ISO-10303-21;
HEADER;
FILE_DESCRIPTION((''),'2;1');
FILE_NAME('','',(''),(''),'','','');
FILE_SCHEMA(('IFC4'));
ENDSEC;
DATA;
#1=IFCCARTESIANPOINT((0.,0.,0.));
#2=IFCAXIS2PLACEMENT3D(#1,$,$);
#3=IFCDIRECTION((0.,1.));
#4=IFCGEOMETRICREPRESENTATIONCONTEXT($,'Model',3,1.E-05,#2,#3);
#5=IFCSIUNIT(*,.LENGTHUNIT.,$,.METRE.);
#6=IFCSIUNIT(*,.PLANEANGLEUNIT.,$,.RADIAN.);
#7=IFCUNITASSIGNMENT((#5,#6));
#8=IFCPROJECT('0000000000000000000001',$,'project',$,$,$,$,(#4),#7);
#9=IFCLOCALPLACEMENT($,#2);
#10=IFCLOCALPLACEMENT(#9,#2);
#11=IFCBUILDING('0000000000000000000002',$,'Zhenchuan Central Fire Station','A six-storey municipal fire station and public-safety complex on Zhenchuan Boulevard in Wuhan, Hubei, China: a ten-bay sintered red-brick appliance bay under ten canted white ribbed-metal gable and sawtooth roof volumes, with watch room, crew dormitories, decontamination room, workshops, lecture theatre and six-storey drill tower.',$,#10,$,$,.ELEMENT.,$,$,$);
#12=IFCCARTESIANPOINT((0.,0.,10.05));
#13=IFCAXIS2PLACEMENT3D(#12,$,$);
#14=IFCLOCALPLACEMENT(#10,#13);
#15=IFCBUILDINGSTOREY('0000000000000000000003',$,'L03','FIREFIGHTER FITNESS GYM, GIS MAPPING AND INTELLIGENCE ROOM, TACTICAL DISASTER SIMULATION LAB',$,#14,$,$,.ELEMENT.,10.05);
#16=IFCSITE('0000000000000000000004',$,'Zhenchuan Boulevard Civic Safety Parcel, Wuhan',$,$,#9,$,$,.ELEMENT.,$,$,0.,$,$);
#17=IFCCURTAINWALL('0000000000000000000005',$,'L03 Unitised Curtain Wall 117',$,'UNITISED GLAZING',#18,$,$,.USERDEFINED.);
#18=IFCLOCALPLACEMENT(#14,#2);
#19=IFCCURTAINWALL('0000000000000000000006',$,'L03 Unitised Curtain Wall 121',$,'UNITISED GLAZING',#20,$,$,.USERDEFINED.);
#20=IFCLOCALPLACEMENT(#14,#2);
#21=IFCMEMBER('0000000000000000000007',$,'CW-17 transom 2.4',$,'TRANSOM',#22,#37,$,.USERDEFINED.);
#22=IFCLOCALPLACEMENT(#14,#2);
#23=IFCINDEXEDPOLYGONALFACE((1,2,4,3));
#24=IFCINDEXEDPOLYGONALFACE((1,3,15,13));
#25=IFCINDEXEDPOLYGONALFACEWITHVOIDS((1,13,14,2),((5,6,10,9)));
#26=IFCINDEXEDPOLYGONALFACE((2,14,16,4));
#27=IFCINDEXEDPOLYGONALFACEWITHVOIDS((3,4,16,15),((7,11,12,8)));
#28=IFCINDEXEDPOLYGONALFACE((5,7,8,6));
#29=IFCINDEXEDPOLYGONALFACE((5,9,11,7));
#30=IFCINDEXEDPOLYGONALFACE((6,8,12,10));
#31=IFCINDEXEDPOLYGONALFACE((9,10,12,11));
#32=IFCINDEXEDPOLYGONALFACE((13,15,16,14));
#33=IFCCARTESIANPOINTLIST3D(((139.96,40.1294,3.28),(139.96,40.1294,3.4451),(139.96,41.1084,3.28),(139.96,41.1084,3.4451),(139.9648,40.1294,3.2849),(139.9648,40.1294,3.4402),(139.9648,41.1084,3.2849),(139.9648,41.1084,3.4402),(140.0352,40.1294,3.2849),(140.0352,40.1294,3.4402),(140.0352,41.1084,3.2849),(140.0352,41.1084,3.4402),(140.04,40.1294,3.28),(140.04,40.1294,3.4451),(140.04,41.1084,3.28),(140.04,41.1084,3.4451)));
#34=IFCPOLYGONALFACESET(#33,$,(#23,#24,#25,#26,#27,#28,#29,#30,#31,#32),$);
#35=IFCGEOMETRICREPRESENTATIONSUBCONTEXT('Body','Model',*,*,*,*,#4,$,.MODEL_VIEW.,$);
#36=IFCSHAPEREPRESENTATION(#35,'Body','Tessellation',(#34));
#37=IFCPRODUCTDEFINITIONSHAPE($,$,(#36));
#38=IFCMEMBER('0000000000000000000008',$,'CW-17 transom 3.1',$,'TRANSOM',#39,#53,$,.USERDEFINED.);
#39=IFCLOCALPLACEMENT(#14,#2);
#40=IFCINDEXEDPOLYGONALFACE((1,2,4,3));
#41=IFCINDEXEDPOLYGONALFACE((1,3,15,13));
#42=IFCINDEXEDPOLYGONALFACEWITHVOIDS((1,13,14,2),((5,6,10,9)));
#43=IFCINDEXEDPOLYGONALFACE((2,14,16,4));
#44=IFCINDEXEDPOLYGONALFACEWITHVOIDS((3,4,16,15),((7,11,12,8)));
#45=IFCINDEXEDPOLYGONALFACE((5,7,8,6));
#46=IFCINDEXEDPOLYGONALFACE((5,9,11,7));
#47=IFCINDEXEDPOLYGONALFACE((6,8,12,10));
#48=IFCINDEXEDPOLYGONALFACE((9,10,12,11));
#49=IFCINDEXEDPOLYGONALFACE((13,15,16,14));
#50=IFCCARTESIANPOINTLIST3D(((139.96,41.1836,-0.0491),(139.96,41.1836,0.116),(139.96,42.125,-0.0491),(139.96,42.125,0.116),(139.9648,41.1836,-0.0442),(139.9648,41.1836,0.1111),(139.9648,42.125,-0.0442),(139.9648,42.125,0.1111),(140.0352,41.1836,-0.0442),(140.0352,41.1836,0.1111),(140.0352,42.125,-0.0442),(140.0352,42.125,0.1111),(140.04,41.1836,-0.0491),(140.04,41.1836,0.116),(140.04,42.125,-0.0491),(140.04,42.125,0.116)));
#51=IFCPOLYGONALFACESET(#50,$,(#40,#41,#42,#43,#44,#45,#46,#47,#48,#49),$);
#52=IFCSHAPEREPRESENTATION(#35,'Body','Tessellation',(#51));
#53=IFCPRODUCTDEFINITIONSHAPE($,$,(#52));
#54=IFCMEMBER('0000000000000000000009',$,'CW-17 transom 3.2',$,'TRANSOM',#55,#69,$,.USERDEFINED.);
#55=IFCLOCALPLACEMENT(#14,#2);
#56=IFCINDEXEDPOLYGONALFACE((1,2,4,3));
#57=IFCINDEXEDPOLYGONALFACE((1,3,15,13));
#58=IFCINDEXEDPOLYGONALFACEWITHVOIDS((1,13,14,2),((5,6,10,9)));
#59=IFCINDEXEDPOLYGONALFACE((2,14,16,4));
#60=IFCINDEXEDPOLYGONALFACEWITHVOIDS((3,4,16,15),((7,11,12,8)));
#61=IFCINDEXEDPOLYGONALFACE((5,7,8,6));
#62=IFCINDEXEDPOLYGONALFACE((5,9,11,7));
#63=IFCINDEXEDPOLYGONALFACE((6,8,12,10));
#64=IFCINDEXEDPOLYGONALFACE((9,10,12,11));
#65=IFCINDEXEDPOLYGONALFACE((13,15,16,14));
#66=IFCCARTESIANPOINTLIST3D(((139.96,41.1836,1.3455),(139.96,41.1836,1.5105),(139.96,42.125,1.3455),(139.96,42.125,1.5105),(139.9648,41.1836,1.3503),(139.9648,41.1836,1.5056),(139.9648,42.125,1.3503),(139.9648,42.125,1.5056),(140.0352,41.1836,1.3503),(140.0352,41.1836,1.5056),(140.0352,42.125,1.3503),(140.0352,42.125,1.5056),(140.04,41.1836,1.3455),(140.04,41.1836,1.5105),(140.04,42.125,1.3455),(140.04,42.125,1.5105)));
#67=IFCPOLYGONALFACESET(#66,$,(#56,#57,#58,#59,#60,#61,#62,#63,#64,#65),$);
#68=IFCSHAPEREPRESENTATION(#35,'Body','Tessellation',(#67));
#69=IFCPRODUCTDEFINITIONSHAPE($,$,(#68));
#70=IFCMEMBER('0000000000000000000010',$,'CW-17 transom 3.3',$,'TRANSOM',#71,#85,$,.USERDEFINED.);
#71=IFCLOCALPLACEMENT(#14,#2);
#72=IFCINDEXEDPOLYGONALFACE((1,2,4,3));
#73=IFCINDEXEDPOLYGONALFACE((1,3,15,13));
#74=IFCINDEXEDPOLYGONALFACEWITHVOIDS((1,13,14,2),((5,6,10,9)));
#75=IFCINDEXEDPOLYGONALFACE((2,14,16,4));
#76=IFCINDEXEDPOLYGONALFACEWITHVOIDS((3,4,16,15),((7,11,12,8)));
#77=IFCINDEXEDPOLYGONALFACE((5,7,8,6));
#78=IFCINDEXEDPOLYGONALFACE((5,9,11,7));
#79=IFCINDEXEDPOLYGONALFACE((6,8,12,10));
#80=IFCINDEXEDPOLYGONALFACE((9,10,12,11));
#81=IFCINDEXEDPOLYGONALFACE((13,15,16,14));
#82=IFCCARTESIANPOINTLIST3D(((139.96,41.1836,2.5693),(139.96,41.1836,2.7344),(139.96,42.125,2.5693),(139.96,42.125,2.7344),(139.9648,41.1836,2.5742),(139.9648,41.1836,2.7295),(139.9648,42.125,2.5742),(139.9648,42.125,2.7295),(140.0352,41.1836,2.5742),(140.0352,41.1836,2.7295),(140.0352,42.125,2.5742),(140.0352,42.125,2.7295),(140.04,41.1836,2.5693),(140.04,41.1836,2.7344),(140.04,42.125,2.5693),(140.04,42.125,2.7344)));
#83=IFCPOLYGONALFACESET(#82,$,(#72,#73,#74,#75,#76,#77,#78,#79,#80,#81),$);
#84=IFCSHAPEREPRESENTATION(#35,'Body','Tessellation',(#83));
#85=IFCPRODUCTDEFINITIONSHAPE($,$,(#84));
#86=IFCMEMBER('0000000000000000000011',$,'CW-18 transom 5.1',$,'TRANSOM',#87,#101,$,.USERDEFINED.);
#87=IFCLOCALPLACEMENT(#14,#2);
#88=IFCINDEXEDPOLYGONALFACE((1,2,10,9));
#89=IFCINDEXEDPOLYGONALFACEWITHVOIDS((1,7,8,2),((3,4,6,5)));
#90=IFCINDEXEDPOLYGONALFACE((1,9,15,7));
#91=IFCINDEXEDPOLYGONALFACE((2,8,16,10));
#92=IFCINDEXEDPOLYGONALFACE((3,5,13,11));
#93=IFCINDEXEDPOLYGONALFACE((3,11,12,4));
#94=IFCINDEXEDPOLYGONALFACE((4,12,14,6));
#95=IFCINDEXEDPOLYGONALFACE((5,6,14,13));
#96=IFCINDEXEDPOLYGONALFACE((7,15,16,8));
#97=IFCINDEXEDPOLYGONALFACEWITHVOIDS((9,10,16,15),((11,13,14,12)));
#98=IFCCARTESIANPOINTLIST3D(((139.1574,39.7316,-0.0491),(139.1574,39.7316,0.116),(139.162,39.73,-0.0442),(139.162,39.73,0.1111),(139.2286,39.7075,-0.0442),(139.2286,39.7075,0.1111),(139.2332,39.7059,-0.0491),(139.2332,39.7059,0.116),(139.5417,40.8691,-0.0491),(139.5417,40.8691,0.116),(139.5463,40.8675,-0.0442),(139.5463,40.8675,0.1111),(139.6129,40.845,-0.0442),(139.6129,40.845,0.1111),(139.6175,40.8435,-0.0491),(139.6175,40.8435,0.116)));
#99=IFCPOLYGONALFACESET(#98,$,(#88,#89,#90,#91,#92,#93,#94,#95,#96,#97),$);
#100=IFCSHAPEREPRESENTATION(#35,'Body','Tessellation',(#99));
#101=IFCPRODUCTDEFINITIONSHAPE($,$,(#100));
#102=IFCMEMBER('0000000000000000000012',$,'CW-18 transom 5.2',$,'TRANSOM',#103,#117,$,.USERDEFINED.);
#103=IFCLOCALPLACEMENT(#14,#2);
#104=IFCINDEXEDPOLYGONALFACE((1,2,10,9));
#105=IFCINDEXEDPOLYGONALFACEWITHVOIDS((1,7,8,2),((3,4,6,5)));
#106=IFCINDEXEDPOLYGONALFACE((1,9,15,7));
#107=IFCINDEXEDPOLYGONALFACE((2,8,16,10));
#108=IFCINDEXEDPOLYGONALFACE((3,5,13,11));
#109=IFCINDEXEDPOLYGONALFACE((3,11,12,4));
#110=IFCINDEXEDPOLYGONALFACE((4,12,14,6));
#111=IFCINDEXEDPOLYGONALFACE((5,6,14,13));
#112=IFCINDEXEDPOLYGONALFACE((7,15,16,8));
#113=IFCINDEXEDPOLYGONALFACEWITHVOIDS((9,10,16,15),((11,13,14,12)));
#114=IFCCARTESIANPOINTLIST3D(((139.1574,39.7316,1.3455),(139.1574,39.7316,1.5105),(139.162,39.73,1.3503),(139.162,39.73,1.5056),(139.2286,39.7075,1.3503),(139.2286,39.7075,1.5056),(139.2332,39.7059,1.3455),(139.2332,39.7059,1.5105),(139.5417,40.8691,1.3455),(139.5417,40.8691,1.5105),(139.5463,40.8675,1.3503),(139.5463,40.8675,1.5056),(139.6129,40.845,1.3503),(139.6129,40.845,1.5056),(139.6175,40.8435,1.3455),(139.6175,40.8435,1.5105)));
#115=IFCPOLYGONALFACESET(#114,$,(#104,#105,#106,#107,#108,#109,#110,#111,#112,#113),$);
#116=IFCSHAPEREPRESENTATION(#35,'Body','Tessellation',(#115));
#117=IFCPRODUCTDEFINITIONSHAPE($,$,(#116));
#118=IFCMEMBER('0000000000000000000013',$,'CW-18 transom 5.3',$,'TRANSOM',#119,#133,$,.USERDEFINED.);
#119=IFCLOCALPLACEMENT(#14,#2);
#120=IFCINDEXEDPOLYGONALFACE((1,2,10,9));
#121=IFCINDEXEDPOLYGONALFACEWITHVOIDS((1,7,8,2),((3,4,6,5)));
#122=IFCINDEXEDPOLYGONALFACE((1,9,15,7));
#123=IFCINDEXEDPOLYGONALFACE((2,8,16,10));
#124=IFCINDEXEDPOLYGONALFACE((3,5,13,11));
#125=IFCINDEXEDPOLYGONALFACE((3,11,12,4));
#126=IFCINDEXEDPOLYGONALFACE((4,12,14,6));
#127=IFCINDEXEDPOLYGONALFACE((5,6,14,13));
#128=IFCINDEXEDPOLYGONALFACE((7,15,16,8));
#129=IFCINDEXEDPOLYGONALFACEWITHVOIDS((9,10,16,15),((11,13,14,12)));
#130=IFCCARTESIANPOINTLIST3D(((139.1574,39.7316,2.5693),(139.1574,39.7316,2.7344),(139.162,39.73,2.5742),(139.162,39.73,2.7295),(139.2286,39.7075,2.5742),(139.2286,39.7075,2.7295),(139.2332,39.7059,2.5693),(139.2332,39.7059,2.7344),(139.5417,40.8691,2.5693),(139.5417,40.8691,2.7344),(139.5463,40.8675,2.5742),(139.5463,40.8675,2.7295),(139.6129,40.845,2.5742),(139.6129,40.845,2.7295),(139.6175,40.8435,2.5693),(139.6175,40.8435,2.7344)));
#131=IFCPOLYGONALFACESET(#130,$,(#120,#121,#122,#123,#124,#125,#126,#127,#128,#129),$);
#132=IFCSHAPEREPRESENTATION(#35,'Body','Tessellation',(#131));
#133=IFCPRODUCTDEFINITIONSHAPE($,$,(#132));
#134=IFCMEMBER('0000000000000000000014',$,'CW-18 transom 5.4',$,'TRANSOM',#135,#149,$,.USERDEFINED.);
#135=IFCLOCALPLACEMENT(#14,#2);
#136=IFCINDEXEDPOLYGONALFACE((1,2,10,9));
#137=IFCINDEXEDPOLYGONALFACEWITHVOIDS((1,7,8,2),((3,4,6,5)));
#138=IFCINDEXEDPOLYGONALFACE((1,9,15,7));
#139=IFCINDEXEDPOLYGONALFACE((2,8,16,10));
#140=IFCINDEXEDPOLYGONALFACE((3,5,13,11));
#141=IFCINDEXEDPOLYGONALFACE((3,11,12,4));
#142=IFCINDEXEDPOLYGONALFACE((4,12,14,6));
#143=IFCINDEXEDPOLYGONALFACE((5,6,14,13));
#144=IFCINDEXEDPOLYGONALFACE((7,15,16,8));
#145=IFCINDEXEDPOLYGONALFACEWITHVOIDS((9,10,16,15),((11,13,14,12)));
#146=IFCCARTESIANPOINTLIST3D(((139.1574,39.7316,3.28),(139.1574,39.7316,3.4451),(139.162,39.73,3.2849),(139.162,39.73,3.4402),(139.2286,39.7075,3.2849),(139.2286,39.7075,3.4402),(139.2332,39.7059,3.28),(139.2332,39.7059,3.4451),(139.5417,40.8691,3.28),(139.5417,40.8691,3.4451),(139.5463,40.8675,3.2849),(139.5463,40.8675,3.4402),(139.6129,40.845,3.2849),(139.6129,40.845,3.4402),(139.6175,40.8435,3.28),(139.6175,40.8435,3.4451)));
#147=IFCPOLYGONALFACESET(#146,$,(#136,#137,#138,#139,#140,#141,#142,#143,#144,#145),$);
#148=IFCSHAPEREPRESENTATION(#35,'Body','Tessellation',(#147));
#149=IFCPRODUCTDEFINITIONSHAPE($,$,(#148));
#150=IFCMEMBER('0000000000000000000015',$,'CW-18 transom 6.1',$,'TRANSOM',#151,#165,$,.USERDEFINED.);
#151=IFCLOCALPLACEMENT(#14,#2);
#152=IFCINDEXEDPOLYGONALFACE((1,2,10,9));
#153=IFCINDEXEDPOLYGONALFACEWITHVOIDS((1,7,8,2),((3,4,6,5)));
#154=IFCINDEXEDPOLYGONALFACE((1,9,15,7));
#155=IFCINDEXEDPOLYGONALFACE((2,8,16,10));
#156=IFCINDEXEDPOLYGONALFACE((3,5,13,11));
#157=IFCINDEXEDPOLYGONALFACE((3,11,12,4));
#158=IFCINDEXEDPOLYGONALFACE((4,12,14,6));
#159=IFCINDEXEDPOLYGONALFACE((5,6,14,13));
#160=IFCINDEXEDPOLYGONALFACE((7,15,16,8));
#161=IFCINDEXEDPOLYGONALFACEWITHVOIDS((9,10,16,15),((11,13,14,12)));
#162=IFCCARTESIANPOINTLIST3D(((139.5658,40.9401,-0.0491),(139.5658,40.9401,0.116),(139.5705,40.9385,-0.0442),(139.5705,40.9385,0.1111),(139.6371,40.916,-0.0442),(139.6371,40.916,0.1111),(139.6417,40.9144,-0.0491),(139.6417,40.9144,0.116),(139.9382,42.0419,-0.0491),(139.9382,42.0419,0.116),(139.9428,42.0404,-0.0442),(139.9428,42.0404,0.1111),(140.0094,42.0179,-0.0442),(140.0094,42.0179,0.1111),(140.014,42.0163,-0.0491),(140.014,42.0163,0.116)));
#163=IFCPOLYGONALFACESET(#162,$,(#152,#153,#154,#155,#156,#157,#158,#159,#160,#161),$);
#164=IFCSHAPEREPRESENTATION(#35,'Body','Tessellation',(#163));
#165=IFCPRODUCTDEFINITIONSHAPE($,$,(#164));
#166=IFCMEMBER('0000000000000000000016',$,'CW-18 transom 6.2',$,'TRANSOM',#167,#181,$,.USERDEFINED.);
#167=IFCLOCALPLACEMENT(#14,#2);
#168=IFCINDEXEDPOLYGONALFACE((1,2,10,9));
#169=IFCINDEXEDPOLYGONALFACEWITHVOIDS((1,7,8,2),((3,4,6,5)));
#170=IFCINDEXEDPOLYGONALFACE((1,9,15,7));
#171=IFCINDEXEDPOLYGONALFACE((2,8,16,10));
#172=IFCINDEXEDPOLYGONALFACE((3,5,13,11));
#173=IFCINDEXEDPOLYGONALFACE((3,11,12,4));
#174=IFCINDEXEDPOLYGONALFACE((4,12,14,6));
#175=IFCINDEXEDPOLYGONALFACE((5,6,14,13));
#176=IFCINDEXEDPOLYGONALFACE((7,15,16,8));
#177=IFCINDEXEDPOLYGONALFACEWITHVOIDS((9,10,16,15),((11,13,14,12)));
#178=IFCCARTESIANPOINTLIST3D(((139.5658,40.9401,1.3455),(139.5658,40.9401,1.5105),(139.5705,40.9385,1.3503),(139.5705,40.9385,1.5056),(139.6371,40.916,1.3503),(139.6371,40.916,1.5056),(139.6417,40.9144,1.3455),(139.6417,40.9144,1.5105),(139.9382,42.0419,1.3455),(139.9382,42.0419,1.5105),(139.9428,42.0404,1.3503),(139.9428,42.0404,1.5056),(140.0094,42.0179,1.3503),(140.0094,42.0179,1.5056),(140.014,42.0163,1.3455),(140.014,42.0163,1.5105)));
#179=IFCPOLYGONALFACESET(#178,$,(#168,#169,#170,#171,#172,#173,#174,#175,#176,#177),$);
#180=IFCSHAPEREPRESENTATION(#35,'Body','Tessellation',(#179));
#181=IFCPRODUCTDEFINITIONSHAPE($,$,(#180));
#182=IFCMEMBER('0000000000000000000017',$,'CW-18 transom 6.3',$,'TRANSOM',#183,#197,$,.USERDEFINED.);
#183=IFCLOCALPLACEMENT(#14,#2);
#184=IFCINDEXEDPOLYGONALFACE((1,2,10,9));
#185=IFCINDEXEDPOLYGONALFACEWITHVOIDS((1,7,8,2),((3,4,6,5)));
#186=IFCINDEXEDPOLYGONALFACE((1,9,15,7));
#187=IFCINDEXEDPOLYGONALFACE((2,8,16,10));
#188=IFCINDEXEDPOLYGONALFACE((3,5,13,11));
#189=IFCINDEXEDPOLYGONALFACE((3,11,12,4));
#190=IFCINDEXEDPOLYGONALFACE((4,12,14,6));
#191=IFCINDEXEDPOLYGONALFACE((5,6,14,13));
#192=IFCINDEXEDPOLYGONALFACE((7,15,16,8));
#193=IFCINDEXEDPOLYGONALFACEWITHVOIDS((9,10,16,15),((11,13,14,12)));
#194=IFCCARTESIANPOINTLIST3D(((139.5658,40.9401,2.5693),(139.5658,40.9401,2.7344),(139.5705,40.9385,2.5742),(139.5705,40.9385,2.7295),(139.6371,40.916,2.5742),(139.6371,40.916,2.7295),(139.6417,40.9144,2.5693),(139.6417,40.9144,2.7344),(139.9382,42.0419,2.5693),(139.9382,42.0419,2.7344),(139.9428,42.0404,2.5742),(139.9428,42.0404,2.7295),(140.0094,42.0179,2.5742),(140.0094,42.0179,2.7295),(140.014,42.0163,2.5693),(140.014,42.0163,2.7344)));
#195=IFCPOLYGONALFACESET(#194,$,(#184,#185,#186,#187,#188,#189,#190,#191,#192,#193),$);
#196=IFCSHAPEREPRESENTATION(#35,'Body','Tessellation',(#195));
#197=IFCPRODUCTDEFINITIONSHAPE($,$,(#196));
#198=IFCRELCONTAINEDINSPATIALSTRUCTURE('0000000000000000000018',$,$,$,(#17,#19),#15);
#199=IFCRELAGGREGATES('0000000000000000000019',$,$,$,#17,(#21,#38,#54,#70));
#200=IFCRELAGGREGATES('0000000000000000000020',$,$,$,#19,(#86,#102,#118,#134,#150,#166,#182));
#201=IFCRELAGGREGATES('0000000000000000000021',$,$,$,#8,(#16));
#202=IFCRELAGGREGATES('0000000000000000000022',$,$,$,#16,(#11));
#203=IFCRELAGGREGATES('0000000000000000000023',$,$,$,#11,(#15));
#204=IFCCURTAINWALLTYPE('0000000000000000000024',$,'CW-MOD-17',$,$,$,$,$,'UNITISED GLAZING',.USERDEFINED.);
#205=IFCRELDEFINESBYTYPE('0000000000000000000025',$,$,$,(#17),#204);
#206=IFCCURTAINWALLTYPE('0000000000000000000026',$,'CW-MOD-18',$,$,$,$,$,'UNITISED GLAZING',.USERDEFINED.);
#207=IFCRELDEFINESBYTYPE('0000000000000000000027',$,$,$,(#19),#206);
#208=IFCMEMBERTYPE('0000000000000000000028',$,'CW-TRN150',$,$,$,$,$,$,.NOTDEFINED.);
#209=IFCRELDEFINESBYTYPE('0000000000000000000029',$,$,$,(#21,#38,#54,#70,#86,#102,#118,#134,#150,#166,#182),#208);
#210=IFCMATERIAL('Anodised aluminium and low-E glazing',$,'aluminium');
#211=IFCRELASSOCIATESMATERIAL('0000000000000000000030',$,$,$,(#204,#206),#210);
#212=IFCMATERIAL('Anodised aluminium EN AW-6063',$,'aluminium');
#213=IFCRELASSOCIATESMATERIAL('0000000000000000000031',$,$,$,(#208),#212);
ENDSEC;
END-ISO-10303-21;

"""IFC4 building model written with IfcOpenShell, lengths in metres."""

from ifc_helpers import new_model, si_unit, direction, frame, origin, origin_2d, place, context, subcontext, project, spatial, hollow_rectangle, extrude, material, material_profile, profile_set, type_object, element, aggregate, save


model = new_model("IFC4")

# Units and contexts
model_context = context("Model", 3, precision=1e-05, world=origin(), true_north=direction((0.0, 1.0)))
body_context = subcontext(model_context, "Body", "Model", "MODEL_VIEW")
ifc_project = project(units=[si_unit("LENGTHUNIT", "METRE"), si_unit("PLANEANGLEUNIT", "RADIAN")], contexts=[model_context])

# Site, building, storey
site_placement = place(None, origin())
site = spatial("IfcSite", under=ifc_project, at=site_placement, Name="Zhenchuan Boulevard Civic Safety Parcel, Wuhan", CompositionType="ELEMENT", RefElevation=0.0)
building_placement = place(site_placement, origin())
building = spatial("IfcBuilding", under=site, at=building_placement, Name="Zhenchuan Central Fire Station", Description="A six-storey municipal fire station and public-safety complex on Zhenchuan Boulevard in Wuhan, Hubei, China: a ten-bay sintered red-brick appliance bay under ten canted white ribbed-metal gable and sawtooth roof volumes, with watch room, crew dormitories, decontamination room, workshops, lecture theatre and six-storey drill tower.", CompositionType="ELEMENT")
storey_placement = place(building_placement, frame((0.0, 0.0, 10.05)))
storey = spatial("IfcBuildingStorey", under=building, at=storey_placement, Name="L03", Description="FIREFIGHTER FITNESS GYM, GIS MAPPING AND INTELLIGENCE ROOM, TACTICAL DISASTER SIMULATION LAB", CompositionType="ELEMENT", Elevation=10.05)

# Curtain walls
ifc_material_1 = material(Name="Anodised aluminium and low-E glazing", Category="aluminium")
curtain_wall_type_1 = type_object("IfcCurtainWallType", Name="CW-MOD-17", ElementType="UNITISED GLAZING", PredefinedType="USERDEFINED", material=ifc_material_1)
curtain_wall_1_placement = place(storey_placement, origin())
curtain_wall_1 = element("IfcCurtainWall", 1, at=curtain_wall_1_placement, inside=storey, type_object=curtain_wall_type_1, Name="L03 Unitised Curtain Wall 117", ObjectType="UNITISED GLAZING", PredefinedType="USERDEFINED")
ifc_material_2 = material(Name="Anodised aluminium EN AW-6063", Category="aluminium")
curtain_wall_type_2 = type_object("IfcCurtainWallType", Name="CW-MOD-18", ElementType="UNITISED GLAZING", PredefinedType="USERDEFINED", material=ifc_material_1)
curtain_wall_2_placement = place(storey_placement, origin())
curtain_wall_2 = element("IfcCurtainWall", 2, at=curtain_wall_2_placement, inside=storey, type_object=curtain_wall_type_2, Name="L03 Unitised Curtain Wall 121", ObjectType="UNITISED GLAZING", PredefinedType="USERDEFINED")

# Members
ifc_material_profile_1 = material_profile(ifc_material_2, hollow_rectangle(XDim=0.0801, YDim=0.165, WallThickness=0.0049, at=origin_2d()), Name="ALU-T 165x80")
ifc_profile_set_1 = profile_set([ifc_material_profile_1], Name="Anodised aluminium EN AW-6063")
member_type_1 = type_object("IfcMemberType", Name="CW-TRN150", PredefinedType="NOTDEFINED", material=ifc_profile_set_1)
member_1_placement = place(storey_placement, frame((140.0, 40.1294, 3.3625), z_axis=(0.0, 1.0, 0.0), x_axis=(-1.0, 0.0, 0.0)))
member_1 = element("IfcMember", 3, at=member_1_placement, type_object=member_type_1, Name="CW-17 transom 2.4", ObjectType="TRANSOM", PredefinedType="USERDEFINED", context=body_context, shape_type="SweptSolid", body=[
    extrude(hollow_rectangle(XDim=0.0801, YDim=0.165, WallThickness=0.0049, at=origin_2d()), origin(), (0.0, 0.0, 1.0), 0.979),
])
member_2_placement = place(storey_placement, frame((140.0, 41.1836, 0.0334), z_axis=(0.0, 1.0, 0.0), x_axis=(-1.0, 0.0, 0.0)))
member_2 = element("IfcMember", 4, at=member_2_placement, type_object=member_type_1, Name="CW-17 transom 3.1", ObjectType="TRANSOM", PredefinedType="USERDEFINED", context=body_context, shape_type="SweptSolid", body=[
    extrude(hollow_rectangle(XDim=0.0801, YDim=0.165, WallThickness=0.0049, at=origin_2d()), origin(), (0.0, 0.0, 1.0), 0.9414),
])
member_3_placement = place(storey_placement, frame((140.0, 41.1836, 1.428), z_axis=(0.0, 1.0, 0.0), x_axis=(-1.0, 0.0, 0.0)))
member_3 = element("IfcMember", 5, at=member_3_placement, type_object=member_type_1, Name="CW-17 transom 3.2", ObjectType="TRANSOM", PredefinedType="USERDEFINED", context=body_context, shape_type="SweptSolid", body=[
    extrude(hollow_rectangle(XDim=0.0801, YDim=0.165, WallThickness=0.0049, at=origin_2d()), origin(), (0.0, 0.0, 1.0), 0.9414),
])
member_4_placement = place(storey_placement, frame((140.0, 41.1836, 2.6519), z_axis=(0.0, 1.0, 0.0), x_axis=(-1.0, 0.0, 0.0)))
member_4 = element("IfcMember", 6, at=member_4_placement, type_object=member_type_1, Name="CW-17 transom 3.3", ObjectType="TRANSOM", PredefinedType="USERDEFINED", context=body_context, shape_type="SweptSolid", body=[
    extrude(hollow_rectangle(XDim=0.0801, YDim=0.165, WallThickness=0.0049, at=origin_2d()), origin(), (0.0, 0.0, 1.0), 0.9414),
])
member_5_placement = place(storey_placement, frame((139.1953, 39.7188, 0.0334), z_axis=(0.320068, 0.947394, 0.0), x_axis=(-0.947394, 0.320068, 0.0)))
member_5 = element("IfcMember", 7, at=member_5_placement, type_object=member_type_1, Name="CW-18 transom 5.1", ObjectType="TRANSOM", PredefinedType="USERDEFINED", context=body_context, shape_type="SweptSolid", body=[
    extrude(hollow_rectangle(XDim=0.0801, YDim=0.165, WallThickness=0.0049, at=origin_2d()), origin(), (0.0, 0.0, 1.0), 1.2007),
])
member_6_placement = place(storey_placement, frame((139.1953, 39.7188, 1.428), z_axis=(0.320068, 0.947394, 0.0), x_axis=(-0.947394, 0.320068, 0.0)))
member_6 = element("IfcMember", 8, at=member_6_placement, type_object=member_type_1, Name="CW-18 transom 5.2", ObjectType="TRANSOM", PredefinedType="USERDEFINED", context=body_context, shape_type="SweptSolid", body=[
    extrude(hollow_rectangle(XDim=0.0801, YDim=0.165, WallThickness=0.0049, at=origin_2d()), origin(), (0.0, 0.0, 1.0), 1.2007),
])
member_7_placement = place(storey_placement, frame((139.1953, 39.7188, 2.6519), z_axis=(0.320068, 0.947394, 0.0), x_axis=(-0.947394, 0.320068, 0.0)))
member_7 = element("IfcMember", 9, at=member_7_placement, type_object=member_type_1, Name="CW-18 transom 5.3", ObjectType="TRANSOM", PredefinedType="USERDEFINED", context=body_context, shape_type="SweptSolid", body=[
    extrude(hollow_rectangle(XDim=0.0801, YDim=0.165, WallThickness=0.0049, at=origin_2d()), origin(), (0.0, 0.0, 1.0), 1.2007),
])
member_8_placement = place(storey_placement, frame((139.1953, 39.7188, 3.3625), z_axis=(0.320068, 0.947394, 0.0), x_axis=(-0.947394, 0.320068, 0.0)))
member_8 = element("IfcMember", 10, at=member_8_placement, type_object=member_type_1, Name="CW-18 transom 5.4", ObjectType="TRANSOM", PredefinedType="USERDEFINED", context=body_context, shape_type="SweptSolid", body=[
    extrude(hollow_rectangle(XDim=0.0801, YDim=0.165, WallThickness=0.0049, at=origin_2d()), origin(), (0.0, 0.0, 1.0), 1.2007),
])
member_9_placement = place(storey_placement, frame((139.6038, 40.9272, 0.0334), z_axis=(0.32013, 0.947374, 0.0), x_axis=(-0.947374, 0.32013, 0.0)))
member_9 = element("IfcMember", 11, at=member_9_placement, type_object=member_type_1, Name="CW-18 transom 6.1", ObjectType="TRANSOM", PredefinedType="USERDEFINED", context=body_context, shape_type="SweptSolid", body=[
    extrude(hollow_rectangle(XDim=0.0801, YDim=0.165, WallThickness=0.0049, at=origin_2d()), origin(), (0.0, 0.0, 1.0), 1.1631),
])
member_10_placement = place(storey_placement, frame((139.6038, 40.9272, 1.428), z_axis=(0.32013, 0.947374, 0.0), x_axis=(-0.947374, 0.32013, 0.0)))
member_10 = element("IfcMember", 12, at=member_10_placement, type_object=member_type_1, Name="CW-18 transom 6.2", ObjectType="TRANSOM", PredefinedType="USERDEFINED", context=body_context, shape_type="SweptSolid", body=[
    extrude(hollow_rectangle(XDim=0.0801, YDim=0.165, WallThickness=0.0049, at=origin_2d()), origin(), (0.0, 0.0, 1.0), 1.1631),
])
member_11_placement = place(storey_placement, frame((139.6038, 40.9272, 2.6519), z_axis=(0.32013, 0.947374, 0.0), x_axis=(-0.947374, 0.32013, 0.0)))
member_11 = element("IfcMember", 13, at=member_11_placement, type_object=member_type_1, Name="CW-18 transom 6.3", ObjectType="TRANSOM", PredefinedType="USERDEFINED", context=body_context, shape_type="SweptSolid", body=[
    extrude(hollow_rectangle(XDim=0.0801, YDim=0.165, WallThickness=0.0049, at=origin_2d()), origin(), (0.0, 0.0, 1.0), 1.1631),
])

aggregate(curtain_wall_1, [member_1, member_2, member_3, member_4])
aggregate(curtain_wall_2, [member_5, member_6, member_7, member_8, member_9, member_10, member_11])

save(model, "model.ifc")
